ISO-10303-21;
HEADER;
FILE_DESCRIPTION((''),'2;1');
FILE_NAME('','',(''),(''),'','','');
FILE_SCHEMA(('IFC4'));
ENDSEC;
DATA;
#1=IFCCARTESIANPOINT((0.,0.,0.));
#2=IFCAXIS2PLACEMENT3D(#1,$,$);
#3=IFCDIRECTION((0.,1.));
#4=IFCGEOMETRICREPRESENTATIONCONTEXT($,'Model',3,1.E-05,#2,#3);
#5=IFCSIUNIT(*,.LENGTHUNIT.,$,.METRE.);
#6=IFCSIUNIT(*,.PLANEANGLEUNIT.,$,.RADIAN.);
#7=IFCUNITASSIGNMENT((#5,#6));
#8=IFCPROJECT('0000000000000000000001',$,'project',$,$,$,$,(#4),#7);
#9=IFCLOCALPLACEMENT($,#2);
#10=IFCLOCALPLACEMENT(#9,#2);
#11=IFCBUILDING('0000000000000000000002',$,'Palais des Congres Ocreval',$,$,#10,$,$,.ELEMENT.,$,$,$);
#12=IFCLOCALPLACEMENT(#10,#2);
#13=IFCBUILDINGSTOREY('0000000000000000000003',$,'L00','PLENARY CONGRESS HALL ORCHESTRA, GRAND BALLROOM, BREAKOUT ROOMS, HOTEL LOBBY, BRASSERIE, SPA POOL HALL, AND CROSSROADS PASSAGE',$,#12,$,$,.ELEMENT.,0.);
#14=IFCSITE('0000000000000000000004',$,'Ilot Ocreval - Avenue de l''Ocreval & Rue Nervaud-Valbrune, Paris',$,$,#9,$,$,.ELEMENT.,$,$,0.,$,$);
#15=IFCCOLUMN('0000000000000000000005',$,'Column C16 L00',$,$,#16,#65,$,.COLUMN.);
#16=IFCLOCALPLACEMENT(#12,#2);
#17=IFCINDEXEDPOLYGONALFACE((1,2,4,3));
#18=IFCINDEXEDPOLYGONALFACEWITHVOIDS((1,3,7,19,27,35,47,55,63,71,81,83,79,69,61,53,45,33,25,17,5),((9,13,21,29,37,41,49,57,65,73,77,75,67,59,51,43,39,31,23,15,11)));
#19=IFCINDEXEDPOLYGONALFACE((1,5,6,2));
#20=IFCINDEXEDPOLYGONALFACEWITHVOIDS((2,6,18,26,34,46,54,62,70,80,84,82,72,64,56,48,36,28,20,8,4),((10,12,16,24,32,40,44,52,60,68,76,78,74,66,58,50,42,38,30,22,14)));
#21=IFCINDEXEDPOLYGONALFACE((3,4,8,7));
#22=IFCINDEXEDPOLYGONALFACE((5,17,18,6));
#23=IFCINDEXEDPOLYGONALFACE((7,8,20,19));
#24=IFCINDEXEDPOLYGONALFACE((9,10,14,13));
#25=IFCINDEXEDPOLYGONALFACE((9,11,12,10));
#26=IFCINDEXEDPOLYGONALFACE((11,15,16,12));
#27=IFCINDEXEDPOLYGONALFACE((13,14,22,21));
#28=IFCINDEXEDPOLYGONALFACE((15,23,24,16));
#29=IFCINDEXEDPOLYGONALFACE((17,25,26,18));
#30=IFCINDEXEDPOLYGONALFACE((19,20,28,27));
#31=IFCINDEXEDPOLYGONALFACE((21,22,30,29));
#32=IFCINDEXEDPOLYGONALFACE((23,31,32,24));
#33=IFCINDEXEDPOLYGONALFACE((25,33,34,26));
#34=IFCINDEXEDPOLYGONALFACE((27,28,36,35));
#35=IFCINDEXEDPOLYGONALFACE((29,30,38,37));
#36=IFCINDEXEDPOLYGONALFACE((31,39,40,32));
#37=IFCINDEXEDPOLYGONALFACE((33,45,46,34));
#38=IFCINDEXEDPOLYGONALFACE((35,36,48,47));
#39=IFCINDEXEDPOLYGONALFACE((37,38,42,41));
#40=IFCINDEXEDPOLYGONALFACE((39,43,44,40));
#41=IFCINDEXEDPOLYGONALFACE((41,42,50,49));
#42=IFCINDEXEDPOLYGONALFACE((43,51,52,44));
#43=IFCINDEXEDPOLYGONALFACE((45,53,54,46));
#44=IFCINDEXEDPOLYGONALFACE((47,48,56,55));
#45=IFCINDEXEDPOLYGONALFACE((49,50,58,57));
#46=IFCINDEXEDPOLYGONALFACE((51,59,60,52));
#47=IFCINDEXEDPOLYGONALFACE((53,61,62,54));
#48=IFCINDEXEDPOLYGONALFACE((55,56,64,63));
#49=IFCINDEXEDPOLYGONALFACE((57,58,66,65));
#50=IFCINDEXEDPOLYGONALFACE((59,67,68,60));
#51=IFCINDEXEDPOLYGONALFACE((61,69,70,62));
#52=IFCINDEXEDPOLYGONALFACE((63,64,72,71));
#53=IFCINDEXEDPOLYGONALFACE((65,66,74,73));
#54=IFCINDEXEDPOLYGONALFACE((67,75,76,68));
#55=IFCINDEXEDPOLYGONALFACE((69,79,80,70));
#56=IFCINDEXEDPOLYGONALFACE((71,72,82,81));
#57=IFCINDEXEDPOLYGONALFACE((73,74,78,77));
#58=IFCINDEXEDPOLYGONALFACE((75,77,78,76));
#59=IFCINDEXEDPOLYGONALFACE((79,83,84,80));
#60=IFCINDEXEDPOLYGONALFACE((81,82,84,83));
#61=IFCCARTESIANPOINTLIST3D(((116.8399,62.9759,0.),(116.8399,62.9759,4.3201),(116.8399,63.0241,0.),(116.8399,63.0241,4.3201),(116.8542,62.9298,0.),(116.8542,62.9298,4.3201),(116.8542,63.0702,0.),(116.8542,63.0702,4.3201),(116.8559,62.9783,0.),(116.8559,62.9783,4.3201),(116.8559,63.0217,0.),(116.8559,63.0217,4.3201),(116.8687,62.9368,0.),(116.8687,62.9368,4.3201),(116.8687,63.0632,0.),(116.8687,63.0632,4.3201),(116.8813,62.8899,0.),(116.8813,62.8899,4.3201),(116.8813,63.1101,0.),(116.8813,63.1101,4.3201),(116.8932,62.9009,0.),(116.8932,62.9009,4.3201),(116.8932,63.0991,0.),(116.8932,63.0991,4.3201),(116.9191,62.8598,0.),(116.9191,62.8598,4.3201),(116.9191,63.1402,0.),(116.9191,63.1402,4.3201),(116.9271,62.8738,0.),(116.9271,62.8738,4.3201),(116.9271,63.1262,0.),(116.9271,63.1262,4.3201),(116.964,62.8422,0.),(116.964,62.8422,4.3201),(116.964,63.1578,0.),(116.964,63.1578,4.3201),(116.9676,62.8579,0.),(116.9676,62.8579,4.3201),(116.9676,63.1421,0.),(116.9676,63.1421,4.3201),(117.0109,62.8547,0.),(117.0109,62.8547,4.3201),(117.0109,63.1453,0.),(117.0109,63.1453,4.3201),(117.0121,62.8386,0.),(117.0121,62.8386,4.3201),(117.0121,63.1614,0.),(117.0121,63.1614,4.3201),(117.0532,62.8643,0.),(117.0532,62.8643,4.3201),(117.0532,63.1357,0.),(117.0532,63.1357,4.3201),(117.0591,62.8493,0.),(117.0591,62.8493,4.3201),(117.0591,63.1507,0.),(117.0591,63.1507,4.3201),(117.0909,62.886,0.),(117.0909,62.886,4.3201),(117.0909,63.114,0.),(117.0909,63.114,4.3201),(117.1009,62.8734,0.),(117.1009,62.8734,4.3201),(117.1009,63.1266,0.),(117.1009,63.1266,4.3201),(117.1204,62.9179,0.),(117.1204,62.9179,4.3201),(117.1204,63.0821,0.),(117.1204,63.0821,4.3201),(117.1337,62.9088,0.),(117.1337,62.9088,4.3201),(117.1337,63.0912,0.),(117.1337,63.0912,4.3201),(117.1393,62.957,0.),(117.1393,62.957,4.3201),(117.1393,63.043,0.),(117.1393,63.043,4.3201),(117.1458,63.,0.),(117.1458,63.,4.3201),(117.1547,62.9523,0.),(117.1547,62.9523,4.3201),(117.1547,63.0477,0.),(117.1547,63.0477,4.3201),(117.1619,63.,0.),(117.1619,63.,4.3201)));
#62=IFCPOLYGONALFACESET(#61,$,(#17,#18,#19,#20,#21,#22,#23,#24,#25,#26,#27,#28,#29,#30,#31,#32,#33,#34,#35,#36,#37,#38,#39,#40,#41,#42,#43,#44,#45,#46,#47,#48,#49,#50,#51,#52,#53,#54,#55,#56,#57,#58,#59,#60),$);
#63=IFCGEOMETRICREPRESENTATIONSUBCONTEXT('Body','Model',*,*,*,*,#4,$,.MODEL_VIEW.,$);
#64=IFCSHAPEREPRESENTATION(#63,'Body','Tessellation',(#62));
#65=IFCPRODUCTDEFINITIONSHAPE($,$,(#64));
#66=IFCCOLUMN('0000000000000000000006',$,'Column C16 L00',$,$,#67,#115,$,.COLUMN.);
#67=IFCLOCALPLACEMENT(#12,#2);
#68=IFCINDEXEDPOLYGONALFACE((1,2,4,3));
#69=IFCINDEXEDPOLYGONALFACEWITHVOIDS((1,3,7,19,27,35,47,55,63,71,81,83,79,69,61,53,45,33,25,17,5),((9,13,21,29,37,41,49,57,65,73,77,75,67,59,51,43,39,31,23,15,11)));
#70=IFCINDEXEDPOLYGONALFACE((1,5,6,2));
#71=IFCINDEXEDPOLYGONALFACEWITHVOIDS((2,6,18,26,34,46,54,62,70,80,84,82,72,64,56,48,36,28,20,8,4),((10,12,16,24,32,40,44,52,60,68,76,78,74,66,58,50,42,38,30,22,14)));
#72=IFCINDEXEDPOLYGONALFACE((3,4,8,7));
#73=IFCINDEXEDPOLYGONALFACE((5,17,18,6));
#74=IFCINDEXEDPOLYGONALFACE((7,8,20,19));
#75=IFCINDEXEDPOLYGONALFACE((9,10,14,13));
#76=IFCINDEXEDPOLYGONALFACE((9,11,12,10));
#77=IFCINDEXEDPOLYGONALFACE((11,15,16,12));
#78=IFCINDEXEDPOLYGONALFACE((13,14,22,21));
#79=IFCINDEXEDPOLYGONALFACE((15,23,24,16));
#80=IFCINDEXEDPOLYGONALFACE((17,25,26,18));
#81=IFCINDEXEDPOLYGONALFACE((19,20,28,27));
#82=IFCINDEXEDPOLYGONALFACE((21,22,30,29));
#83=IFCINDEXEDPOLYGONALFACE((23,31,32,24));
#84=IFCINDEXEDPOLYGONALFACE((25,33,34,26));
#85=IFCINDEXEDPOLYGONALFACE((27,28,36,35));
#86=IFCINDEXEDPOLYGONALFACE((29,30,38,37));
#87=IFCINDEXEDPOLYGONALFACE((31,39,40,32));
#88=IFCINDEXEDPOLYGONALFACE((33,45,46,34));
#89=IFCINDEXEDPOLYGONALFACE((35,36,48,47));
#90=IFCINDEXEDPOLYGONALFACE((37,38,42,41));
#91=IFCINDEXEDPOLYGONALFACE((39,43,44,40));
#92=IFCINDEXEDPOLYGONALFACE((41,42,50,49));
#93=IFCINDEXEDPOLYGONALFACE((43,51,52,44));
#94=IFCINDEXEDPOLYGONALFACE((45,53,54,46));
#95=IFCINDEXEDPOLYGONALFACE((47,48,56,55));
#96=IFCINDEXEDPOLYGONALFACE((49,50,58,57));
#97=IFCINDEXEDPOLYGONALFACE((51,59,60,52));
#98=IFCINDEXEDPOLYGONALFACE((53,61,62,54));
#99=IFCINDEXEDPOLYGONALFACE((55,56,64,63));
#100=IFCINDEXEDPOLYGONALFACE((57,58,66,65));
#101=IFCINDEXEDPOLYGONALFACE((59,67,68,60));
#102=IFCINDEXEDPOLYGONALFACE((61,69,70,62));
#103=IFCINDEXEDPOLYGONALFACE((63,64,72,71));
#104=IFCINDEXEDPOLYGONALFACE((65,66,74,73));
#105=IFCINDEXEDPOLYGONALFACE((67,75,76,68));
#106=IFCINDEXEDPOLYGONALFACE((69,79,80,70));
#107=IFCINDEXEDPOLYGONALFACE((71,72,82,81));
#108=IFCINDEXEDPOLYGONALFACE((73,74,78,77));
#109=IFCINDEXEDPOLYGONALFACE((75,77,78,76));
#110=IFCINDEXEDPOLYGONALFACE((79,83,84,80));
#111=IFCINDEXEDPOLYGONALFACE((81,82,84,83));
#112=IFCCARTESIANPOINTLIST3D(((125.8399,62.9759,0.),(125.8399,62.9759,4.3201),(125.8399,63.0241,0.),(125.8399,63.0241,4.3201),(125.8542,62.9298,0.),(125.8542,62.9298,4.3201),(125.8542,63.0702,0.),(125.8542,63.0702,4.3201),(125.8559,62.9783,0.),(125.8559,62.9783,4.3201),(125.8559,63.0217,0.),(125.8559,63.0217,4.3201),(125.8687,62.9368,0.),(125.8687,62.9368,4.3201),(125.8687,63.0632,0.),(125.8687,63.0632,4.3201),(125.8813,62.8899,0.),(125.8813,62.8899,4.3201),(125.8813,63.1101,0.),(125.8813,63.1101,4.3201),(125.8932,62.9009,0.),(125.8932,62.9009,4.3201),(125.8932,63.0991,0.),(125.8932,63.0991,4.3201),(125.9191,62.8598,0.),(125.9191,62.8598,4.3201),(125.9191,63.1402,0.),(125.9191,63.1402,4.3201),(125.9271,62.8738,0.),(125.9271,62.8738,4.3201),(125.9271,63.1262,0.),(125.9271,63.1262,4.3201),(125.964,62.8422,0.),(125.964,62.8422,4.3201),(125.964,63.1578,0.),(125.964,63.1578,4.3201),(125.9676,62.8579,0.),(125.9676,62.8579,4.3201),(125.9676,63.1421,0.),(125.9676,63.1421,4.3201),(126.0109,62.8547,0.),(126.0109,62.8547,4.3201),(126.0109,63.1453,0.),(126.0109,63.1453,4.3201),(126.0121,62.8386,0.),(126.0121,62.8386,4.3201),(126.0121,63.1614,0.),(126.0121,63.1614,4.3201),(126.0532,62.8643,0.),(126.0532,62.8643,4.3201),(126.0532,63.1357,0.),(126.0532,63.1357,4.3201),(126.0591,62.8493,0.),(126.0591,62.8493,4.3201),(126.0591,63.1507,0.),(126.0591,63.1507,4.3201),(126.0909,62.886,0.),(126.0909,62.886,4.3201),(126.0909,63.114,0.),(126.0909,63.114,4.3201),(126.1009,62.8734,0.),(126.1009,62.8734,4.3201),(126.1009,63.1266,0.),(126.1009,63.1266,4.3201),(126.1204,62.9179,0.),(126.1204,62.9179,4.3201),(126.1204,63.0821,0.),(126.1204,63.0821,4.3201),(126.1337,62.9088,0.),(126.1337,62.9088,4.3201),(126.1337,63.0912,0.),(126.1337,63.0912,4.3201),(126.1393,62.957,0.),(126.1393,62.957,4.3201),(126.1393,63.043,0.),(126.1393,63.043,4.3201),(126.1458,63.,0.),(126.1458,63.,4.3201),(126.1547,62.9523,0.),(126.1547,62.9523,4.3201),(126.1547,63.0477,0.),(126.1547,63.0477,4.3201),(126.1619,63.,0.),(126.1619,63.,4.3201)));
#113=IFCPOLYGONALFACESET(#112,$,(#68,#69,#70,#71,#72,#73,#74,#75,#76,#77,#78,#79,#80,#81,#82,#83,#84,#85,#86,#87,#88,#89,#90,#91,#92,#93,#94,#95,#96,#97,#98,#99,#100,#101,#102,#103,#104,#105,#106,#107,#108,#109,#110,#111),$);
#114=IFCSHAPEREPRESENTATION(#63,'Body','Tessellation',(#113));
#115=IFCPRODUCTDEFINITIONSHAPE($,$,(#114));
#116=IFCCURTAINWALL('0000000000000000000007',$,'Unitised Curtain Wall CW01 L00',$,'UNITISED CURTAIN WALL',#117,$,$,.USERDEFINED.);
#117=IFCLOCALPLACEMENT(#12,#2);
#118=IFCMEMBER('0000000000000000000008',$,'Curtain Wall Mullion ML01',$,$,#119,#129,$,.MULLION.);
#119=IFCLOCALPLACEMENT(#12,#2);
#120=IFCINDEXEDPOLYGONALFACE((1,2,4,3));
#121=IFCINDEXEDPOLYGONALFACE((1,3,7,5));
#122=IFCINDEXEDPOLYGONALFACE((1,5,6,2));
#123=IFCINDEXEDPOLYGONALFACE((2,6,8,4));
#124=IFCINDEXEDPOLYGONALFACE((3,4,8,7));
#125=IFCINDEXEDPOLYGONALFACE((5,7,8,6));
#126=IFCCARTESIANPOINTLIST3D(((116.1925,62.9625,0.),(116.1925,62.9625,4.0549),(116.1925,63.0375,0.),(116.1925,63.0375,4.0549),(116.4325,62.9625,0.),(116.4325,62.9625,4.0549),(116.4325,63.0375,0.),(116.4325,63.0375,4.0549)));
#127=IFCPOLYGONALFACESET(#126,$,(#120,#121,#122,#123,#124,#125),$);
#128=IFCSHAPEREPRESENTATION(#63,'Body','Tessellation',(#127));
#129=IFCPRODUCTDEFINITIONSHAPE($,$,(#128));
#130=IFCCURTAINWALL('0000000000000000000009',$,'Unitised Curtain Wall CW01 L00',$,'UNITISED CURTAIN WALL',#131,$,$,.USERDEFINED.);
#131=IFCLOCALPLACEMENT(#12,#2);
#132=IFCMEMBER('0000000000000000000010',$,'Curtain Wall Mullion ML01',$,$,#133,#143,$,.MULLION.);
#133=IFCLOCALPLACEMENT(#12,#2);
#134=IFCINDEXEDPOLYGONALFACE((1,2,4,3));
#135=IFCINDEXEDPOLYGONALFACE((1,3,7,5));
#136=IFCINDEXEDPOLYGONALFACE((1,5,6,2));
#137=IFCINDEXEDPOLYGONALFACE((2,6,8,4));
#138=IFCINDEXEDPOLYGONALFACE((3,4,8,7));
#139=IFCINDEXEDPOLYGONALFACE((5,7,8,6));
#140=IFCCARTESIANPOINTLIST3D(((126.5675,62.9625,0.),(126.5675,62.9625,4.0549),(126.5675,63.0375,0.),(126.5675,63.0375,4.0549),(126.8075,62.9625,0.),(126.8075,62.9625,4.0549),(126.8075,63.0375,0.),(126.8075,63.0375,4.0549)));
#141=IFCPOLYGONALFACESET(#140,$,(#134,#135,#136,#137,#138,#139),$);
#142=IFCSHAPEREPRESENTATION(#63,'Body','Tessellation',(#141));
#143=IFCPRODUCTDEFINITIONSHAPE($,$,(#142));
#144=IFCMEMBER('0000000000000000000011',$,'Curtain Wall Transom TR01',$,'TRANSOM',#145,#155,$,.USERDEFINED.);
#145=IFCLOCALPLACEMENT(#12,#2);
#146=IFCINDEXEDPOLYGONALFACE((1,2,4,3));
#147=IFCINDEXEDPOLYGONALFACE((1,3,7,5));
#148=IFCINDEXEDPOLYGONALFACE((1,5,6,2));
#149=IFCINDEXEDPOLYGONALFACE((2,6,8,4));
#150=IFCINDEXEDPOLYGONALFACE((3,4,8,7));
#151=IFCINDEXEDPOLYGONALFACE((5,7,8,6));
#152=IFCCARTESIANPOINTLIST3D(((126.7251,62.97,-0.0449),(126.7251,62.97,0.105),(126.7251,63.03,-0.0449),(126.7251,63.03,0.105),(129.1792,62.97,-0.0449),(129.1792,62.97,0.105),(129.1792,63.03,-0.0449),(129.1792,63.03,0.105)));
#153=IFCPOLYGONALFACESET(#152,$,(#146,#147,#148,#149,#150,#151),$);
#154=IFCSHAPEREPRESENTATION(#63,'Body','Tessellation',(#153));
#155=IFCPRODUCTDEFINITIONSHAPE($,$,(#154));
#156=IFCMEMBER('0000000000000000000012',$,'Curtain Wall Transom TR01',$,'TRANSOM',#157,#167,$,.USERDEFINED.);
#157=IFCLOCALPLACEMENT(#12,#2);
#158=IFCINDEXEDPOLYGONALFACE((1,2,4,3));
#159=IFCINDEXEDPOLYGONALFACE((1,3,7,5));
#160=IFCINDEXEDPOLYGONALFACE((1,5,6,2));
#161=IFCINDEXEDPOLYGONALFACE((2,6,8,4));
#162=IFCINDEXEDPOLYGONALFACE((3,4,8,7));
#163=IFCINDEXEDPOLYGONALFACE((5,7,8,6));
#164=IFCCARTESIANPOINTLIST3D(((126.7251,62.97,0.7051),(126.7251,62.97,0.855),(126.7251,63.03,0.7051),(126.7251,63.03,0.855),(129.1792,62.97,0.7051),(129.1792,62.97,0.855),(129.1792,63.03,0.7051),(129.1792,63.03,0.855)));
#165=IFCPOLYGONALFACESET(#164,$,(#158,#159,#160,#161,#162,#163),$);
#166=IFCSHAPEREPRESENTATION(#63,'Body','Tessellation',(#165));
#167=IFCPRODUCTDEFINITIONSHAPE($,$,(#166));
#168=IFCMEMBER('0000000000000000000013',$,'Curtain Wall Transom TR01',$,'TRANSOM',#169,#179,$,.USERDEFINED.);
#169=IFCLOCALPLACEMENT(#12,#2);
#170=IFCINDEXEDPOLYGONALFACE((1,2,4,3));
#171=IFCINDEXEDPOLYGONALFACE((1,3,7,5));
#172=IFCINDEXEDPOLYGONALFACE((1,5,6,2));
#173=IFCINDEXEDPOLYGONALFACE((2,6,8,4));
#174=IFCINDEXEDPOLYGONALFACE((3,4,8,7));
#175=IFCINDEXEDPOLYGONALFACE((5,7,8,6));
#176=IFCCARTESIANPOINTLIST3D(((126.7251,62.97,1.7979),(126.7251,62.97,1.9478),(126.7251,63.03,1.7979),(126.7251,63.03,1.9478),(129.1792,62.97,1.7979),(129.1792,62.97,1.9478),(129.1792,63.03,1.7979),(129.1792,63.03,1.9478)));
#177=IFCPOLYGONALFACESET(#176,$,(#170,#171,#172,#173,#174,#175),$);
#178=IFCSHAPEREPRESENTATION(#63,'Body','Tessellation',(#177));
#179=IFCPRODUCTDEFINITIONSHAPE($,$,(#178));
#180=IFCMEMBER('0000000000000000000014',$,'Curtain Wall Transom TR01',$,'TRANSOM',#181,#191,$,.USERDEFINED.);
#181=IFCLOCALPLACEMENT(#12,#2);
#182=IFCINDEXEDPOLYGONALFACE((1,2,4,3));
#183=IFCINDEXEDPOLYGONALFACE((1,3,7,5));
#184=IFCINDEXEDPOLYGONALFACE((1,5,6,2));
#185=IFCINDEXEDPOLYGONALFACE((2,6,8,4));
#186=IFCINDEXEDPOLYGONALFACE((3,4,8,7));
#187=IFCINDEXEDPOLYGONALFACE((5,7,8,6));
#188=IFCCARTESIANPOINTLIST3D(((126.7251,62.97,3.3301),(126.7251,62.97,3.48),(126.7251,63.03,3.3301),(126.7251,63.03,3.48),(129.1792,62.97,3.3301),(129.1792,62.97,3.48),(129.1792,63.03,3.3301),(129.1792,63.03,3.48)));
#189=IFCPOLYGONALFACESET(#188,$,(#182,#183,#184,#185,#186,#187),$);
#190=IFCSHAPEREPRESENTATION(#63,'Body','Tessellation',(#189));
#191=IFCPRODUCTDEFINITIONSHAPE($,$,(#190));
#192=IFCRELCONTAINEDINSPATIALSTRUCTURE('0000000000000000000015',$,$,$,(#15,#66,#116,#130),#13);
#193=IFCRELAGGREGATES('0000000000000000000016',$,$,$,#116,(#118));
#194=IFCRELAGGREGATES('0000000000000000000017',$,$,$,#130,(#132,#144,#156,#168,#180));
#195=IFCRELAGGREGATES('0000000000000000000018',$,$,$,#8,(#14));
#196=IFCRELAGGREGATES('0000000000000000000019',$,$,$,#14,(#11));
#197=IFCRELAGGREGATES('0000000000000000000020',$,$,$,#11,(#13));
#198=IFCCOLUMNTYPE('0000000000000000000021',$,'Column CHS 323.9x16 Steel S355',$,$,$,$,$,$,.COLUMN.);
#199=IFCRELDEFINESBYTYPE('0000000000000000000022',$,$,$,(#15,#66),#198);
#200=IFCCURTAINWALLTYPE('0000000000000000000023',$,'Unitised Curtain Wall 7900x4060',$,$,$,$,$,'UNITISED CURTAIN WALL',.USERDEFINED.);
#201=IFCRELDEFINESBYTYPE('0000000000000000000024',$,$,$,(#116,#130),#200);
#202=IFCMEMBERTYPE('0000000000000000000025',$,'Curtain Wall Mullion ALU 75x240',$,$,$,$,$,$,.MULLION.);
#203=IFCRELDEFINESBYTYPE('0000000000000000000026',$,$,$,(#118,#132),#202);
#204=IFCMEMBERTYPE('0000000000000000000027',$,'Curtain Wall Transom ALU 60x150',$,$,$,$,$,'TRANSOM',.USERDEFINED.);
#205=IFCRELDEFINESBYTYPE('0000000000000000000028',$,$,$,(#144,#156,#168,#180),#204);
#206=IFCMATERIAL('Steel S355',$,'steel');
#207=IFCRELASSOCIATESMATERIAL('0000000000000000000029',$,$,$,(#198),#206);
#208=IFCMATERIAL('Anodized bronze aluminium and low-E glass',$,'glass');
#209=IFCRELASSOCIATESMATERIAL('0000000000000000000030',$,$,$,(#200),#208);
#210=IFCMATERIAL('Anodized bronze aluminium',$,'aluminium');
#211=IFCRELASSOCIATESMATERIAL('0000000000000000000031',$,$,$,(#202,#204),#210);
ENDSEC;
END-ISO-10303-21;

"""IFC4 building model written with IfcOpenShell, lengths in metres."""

from ifc_helpers import new_model, si_unit, direction, frame, origin, origin_2d, place, context, subcontext, project, spatial, rectangle, hollow_circle, extrude, material, material_profile, profile_set, type_object, element, aggregate, save


model = new_model("IFC4")

# Units and contexts
model_context = context("Model", 3, precision=1e-05, world=origin(), true_north=direction((0.0, 1.0)))
body_context = subcontext(model_context, "Body", "Model", "MODEL_VIEW")
ifc_project = project(units=[si_unit("LENGTHUNIT", "METRE"), si_unit("PLANEANGLEUNIT", "RADIAN")], contexts=[model_context])

# Site, building, storey
site_placement = place(None, origin())
site = spatial("IfcSite", under=ifc_project, at=site_placement, Name="Ilot Ocreval - Avenue de l'Ocreval & Rue Nervaud-Valbrune, Paris", CompositionType="ELEMENT", RefElevation=0.0)
building_placement = place(site_placement, origin())
building = spatial("IfcBuilding", under=site, at=building_placement, Name="Palais des Congres Ocreval", CompositionType="ELEMENT")
storey_placement = place(building_placement, origin())
storey = spatial("IfcBuildingStorey", under=building, at=storey_placement, Name="L00", Description="PLENARY CONGRESS HALL ORCHESTRA, GRAND BALLROOM, BREAKOUT ROOMS, HOTEL LOBBY, BRASSERIE, SPA POOL HALL, AND CROSSROADS PASSAGE", CompositionType="ELEMENT", Elevation=0.0)

# Columns
ifc_material_1 = material(Name="Steel S355", Category="steel")
ifc_material_profile_1 = material_profile(ifc_material_1, hollow_circle(Radius=0.1619, WallThickness=0.0161, at=origin_2d()), Name="CHS 323.9x16")
ifc_profile_set_1 = profile_set([ifc_material_profile_1], Name="Steel S355")
column_type = type_object("IfcColumnType", Name="Column CHS 323.9x16 Steel S355", PredefinedType="COLUMN", material=ifc_profile_set_1)
for number, where, z_axis, x_axis, name in (
    (1, (117.0, 63.0, 0.0), (0.0, 0.0, 1.0), (1.0, 0.0, 0.0), "Column C16 L00"),
    (2, (126.0, 63.0, 0.0), (0.0, 0.0, 1.0), (1.0, 0.0, 0.0), "Column C16 L00"),
):
    element("IfcColumn", number, at=place(storey_placement, frame(where, z_axis=z_axis, x_axis=x_axis)), inside=storey, type_object=column_type, Name=name, PredefinedType="COLUMN", context=body_context, shape_type="SweptSolid", body=[
        extrude(hollow_circle(Radius=0.1619, WallThickness=0.0161, at=origin_2d()), origin(), (0.0, 0.0, 1.0), 4.3201),
    ])

# Curtain wall, member
ifc_material_2 = material(Name="Anodized bronze aluminium and low-E glass", Category="glass")
curtain_wall_type = type_object("IfcCurtainWallType", Name="Unitised Curtain Wall 7900x4060", ElementType="UNITISED CURTAIN WALL", PredefinedType="USERDEFINED", material=ifc_material_2)
curtain_wall_1_placement = place(storey_placement, origin())
curtain_wall_1 = element("IfcCurtainWall", 3, at=curtain_wall_1_placement, inside=storey, type_object=curtain_wall_type, Name="Unitised Curtain Wall CW01 L00", ObjectType="UNITISED CURTAIN WALL", PredefinedType="USERDEFINED")
ifc_material_3 = material(Name="Anodized bronze aluminium", Category="aluminium")
ifc_material_profile_2 = material_profile(ifc_material_3, rectangle(XDim=0.075, YDim=0.24, at=origin_2d()), Name="ALU 75x240")
ifc_profile_set_2 = profile_set([ifc_material_profile_2], Name="Anodized bronze aluminium")
member_type_1 = type_object("IfcMemberType", Name="Curtain Wall Mullion ALU 75x240", PredefinedType="MULLION", material=ifc_profile_set_2)
member_1_placement = place(storey_placement, frame((116.3125, 63.0, 0.0), z_axis=(0.0, 0.0, 1.0), x_axis=(0.0, 1.0, 0.0)))
member_1 = element("IfcMember", 4, at=member_1_placement, type_object=member_type_1, Name="Curtain Wall Mullion ML01", PredefinedType="MULLION", context=body_context, shape_type="SweptSolid", body=[
    extrude(rectangle(XDim=0.075, YDim=0.24, at=origin_2d()), origin(), (0.0, 0.0, 1.0), 4.0549),
])
aggregate(curtain_wall_1, [member_1])

# Curtain wall, members
curtain_wall_2_placement = place(storey_placement, origin())
curtain_wall_2 = element("IfcCurtainWall", 5, at=curtain_wall_2_placement, inside=storey, type_object=curtain_wall_type, Name="Unitised Curtain Wall CW01 L00", ObjectType="UNITISED CURTAIN WALL", PredefinedType="USERDEFINED")
member_2_placement = place(storey_placement, frame((126.6875, 63.0, 0.0), z_axis=(0.0, 0.0, 1.0), x_axis=(0.0, 1.0, 0.0)))
member_2 = element("IfcMember", 6, at=member_2_placement, type_object=member_type_1, Name="Curtain Wall Mullion ML01", PredefinedType="MULLION", context=body_context, shape_type="SweptSolid", body=[
    extrude(rectangle(XDim=0.075, YDim=0.24, at=origin_2d()), origin(), (0.0, 0.0, 1.0), 4.0549),
])
ifc_material_profile_3 = material_profile(ifc_material_3, rectangle(XDim=0.0601, YDim=0.1499, at=origin_2d()), Name="ALU 60x150")
ifc_profile_set_3 = profile_set([ifc_material_profile_3], Name="Anodized bronze aluminium")
member_type_2 = type_object("IfcMemberType", Name="Curtain Wall Transom ALU 60x150", ElementType="TRANSOM", PredefinedType="USERDEFINED", material=ifc_profile_set_3)
member_3_placement = place(storey_placement, frame((126.7251, 63.0, 0.03), z_axis=(1.0, 0.0, 0.0), x_axis=(0.0, 1.0, 0.0)))
member_3 = element("IfcMember", 7, at=member_3_placement, type_object=member_type_2, Name="Curtain Wall Transom TR01", ObjectType="TRANSOM", PredefinedType="USERDEFINED", context=body_context, shape_type="SweptSolid", body=[
    extrude(rectangle(XDim=0.0601, YDim=0.1499, at=origin_2d()), origin(), (0.0, 0.0, 1.0), 2.4541),
])
member_4_placement = place(storey_placement, frame((126.7251, 63.0, 0.78), z_axis=(1.0, 0.0, 0.0), x_axis=(0.0, 1.0, 0.0)))
member_4 = element("IfcMember", 8, at=member_4_placement, type_object=member_type_2, Name="Curtain Wall Transom TR01", ObjectType="TRANSOM", PredefinedType="USERDEFINED", context=body_context, shape_type="SweptSolid", body=[
    extrude(rectangle(XDim=0.0601, YDim=0.1499, at=origin_2d()), origin(), (0.0, 0.0, 1.0), 2.4541),
])
member_5_placement = place(storey_placement, frame((126.7251, 63.0, 1.8728), z_axis=(1.0, 0.0, 0.0), x_axis=(0.0, 1.0, 0.0)))
member_5 = element("IfcMember", 9, at=member_5_placement, type_object=member_type_2, Name="Curtain Wall Transom TR01", ObjectType="TRANSOM", PredefinedType="USERDEFINED", context=body_context, shape_type="SweptSolid", body=[
    extrude(rectangle(XDim=0.0601, YDim=0.1499, at=origin_2d()), origin(), (0.0, 0.0, 1.0), 2.4541),
])
member_6_placement = place(storey_placement, frame((126.7251, 63.0, 3.405), z_axis=(1.0, 0.0, 0.0), x_axis=(0.0, 1.0, 0.0)))
member_6 = element("IfcMember", 10, at=member_6_placement, type_object=member_type_2, Name="Curtain Wall Transom TR01", ObjectType="TRANSOM", PredefinedType="USERDEFINED", context=body_context, shape_type="SweptSolid", body=[
    extrude(rectangle(XDim=0.0601, YDim=0.1499, at=origin_2d()), origin(), (0.0, 0.0, 1.0), 2.4541),
])
aggregate(curtain_wall_2, [member_2, member_3, member_4, member_5, member_6])

save(model, "model.ifc")
